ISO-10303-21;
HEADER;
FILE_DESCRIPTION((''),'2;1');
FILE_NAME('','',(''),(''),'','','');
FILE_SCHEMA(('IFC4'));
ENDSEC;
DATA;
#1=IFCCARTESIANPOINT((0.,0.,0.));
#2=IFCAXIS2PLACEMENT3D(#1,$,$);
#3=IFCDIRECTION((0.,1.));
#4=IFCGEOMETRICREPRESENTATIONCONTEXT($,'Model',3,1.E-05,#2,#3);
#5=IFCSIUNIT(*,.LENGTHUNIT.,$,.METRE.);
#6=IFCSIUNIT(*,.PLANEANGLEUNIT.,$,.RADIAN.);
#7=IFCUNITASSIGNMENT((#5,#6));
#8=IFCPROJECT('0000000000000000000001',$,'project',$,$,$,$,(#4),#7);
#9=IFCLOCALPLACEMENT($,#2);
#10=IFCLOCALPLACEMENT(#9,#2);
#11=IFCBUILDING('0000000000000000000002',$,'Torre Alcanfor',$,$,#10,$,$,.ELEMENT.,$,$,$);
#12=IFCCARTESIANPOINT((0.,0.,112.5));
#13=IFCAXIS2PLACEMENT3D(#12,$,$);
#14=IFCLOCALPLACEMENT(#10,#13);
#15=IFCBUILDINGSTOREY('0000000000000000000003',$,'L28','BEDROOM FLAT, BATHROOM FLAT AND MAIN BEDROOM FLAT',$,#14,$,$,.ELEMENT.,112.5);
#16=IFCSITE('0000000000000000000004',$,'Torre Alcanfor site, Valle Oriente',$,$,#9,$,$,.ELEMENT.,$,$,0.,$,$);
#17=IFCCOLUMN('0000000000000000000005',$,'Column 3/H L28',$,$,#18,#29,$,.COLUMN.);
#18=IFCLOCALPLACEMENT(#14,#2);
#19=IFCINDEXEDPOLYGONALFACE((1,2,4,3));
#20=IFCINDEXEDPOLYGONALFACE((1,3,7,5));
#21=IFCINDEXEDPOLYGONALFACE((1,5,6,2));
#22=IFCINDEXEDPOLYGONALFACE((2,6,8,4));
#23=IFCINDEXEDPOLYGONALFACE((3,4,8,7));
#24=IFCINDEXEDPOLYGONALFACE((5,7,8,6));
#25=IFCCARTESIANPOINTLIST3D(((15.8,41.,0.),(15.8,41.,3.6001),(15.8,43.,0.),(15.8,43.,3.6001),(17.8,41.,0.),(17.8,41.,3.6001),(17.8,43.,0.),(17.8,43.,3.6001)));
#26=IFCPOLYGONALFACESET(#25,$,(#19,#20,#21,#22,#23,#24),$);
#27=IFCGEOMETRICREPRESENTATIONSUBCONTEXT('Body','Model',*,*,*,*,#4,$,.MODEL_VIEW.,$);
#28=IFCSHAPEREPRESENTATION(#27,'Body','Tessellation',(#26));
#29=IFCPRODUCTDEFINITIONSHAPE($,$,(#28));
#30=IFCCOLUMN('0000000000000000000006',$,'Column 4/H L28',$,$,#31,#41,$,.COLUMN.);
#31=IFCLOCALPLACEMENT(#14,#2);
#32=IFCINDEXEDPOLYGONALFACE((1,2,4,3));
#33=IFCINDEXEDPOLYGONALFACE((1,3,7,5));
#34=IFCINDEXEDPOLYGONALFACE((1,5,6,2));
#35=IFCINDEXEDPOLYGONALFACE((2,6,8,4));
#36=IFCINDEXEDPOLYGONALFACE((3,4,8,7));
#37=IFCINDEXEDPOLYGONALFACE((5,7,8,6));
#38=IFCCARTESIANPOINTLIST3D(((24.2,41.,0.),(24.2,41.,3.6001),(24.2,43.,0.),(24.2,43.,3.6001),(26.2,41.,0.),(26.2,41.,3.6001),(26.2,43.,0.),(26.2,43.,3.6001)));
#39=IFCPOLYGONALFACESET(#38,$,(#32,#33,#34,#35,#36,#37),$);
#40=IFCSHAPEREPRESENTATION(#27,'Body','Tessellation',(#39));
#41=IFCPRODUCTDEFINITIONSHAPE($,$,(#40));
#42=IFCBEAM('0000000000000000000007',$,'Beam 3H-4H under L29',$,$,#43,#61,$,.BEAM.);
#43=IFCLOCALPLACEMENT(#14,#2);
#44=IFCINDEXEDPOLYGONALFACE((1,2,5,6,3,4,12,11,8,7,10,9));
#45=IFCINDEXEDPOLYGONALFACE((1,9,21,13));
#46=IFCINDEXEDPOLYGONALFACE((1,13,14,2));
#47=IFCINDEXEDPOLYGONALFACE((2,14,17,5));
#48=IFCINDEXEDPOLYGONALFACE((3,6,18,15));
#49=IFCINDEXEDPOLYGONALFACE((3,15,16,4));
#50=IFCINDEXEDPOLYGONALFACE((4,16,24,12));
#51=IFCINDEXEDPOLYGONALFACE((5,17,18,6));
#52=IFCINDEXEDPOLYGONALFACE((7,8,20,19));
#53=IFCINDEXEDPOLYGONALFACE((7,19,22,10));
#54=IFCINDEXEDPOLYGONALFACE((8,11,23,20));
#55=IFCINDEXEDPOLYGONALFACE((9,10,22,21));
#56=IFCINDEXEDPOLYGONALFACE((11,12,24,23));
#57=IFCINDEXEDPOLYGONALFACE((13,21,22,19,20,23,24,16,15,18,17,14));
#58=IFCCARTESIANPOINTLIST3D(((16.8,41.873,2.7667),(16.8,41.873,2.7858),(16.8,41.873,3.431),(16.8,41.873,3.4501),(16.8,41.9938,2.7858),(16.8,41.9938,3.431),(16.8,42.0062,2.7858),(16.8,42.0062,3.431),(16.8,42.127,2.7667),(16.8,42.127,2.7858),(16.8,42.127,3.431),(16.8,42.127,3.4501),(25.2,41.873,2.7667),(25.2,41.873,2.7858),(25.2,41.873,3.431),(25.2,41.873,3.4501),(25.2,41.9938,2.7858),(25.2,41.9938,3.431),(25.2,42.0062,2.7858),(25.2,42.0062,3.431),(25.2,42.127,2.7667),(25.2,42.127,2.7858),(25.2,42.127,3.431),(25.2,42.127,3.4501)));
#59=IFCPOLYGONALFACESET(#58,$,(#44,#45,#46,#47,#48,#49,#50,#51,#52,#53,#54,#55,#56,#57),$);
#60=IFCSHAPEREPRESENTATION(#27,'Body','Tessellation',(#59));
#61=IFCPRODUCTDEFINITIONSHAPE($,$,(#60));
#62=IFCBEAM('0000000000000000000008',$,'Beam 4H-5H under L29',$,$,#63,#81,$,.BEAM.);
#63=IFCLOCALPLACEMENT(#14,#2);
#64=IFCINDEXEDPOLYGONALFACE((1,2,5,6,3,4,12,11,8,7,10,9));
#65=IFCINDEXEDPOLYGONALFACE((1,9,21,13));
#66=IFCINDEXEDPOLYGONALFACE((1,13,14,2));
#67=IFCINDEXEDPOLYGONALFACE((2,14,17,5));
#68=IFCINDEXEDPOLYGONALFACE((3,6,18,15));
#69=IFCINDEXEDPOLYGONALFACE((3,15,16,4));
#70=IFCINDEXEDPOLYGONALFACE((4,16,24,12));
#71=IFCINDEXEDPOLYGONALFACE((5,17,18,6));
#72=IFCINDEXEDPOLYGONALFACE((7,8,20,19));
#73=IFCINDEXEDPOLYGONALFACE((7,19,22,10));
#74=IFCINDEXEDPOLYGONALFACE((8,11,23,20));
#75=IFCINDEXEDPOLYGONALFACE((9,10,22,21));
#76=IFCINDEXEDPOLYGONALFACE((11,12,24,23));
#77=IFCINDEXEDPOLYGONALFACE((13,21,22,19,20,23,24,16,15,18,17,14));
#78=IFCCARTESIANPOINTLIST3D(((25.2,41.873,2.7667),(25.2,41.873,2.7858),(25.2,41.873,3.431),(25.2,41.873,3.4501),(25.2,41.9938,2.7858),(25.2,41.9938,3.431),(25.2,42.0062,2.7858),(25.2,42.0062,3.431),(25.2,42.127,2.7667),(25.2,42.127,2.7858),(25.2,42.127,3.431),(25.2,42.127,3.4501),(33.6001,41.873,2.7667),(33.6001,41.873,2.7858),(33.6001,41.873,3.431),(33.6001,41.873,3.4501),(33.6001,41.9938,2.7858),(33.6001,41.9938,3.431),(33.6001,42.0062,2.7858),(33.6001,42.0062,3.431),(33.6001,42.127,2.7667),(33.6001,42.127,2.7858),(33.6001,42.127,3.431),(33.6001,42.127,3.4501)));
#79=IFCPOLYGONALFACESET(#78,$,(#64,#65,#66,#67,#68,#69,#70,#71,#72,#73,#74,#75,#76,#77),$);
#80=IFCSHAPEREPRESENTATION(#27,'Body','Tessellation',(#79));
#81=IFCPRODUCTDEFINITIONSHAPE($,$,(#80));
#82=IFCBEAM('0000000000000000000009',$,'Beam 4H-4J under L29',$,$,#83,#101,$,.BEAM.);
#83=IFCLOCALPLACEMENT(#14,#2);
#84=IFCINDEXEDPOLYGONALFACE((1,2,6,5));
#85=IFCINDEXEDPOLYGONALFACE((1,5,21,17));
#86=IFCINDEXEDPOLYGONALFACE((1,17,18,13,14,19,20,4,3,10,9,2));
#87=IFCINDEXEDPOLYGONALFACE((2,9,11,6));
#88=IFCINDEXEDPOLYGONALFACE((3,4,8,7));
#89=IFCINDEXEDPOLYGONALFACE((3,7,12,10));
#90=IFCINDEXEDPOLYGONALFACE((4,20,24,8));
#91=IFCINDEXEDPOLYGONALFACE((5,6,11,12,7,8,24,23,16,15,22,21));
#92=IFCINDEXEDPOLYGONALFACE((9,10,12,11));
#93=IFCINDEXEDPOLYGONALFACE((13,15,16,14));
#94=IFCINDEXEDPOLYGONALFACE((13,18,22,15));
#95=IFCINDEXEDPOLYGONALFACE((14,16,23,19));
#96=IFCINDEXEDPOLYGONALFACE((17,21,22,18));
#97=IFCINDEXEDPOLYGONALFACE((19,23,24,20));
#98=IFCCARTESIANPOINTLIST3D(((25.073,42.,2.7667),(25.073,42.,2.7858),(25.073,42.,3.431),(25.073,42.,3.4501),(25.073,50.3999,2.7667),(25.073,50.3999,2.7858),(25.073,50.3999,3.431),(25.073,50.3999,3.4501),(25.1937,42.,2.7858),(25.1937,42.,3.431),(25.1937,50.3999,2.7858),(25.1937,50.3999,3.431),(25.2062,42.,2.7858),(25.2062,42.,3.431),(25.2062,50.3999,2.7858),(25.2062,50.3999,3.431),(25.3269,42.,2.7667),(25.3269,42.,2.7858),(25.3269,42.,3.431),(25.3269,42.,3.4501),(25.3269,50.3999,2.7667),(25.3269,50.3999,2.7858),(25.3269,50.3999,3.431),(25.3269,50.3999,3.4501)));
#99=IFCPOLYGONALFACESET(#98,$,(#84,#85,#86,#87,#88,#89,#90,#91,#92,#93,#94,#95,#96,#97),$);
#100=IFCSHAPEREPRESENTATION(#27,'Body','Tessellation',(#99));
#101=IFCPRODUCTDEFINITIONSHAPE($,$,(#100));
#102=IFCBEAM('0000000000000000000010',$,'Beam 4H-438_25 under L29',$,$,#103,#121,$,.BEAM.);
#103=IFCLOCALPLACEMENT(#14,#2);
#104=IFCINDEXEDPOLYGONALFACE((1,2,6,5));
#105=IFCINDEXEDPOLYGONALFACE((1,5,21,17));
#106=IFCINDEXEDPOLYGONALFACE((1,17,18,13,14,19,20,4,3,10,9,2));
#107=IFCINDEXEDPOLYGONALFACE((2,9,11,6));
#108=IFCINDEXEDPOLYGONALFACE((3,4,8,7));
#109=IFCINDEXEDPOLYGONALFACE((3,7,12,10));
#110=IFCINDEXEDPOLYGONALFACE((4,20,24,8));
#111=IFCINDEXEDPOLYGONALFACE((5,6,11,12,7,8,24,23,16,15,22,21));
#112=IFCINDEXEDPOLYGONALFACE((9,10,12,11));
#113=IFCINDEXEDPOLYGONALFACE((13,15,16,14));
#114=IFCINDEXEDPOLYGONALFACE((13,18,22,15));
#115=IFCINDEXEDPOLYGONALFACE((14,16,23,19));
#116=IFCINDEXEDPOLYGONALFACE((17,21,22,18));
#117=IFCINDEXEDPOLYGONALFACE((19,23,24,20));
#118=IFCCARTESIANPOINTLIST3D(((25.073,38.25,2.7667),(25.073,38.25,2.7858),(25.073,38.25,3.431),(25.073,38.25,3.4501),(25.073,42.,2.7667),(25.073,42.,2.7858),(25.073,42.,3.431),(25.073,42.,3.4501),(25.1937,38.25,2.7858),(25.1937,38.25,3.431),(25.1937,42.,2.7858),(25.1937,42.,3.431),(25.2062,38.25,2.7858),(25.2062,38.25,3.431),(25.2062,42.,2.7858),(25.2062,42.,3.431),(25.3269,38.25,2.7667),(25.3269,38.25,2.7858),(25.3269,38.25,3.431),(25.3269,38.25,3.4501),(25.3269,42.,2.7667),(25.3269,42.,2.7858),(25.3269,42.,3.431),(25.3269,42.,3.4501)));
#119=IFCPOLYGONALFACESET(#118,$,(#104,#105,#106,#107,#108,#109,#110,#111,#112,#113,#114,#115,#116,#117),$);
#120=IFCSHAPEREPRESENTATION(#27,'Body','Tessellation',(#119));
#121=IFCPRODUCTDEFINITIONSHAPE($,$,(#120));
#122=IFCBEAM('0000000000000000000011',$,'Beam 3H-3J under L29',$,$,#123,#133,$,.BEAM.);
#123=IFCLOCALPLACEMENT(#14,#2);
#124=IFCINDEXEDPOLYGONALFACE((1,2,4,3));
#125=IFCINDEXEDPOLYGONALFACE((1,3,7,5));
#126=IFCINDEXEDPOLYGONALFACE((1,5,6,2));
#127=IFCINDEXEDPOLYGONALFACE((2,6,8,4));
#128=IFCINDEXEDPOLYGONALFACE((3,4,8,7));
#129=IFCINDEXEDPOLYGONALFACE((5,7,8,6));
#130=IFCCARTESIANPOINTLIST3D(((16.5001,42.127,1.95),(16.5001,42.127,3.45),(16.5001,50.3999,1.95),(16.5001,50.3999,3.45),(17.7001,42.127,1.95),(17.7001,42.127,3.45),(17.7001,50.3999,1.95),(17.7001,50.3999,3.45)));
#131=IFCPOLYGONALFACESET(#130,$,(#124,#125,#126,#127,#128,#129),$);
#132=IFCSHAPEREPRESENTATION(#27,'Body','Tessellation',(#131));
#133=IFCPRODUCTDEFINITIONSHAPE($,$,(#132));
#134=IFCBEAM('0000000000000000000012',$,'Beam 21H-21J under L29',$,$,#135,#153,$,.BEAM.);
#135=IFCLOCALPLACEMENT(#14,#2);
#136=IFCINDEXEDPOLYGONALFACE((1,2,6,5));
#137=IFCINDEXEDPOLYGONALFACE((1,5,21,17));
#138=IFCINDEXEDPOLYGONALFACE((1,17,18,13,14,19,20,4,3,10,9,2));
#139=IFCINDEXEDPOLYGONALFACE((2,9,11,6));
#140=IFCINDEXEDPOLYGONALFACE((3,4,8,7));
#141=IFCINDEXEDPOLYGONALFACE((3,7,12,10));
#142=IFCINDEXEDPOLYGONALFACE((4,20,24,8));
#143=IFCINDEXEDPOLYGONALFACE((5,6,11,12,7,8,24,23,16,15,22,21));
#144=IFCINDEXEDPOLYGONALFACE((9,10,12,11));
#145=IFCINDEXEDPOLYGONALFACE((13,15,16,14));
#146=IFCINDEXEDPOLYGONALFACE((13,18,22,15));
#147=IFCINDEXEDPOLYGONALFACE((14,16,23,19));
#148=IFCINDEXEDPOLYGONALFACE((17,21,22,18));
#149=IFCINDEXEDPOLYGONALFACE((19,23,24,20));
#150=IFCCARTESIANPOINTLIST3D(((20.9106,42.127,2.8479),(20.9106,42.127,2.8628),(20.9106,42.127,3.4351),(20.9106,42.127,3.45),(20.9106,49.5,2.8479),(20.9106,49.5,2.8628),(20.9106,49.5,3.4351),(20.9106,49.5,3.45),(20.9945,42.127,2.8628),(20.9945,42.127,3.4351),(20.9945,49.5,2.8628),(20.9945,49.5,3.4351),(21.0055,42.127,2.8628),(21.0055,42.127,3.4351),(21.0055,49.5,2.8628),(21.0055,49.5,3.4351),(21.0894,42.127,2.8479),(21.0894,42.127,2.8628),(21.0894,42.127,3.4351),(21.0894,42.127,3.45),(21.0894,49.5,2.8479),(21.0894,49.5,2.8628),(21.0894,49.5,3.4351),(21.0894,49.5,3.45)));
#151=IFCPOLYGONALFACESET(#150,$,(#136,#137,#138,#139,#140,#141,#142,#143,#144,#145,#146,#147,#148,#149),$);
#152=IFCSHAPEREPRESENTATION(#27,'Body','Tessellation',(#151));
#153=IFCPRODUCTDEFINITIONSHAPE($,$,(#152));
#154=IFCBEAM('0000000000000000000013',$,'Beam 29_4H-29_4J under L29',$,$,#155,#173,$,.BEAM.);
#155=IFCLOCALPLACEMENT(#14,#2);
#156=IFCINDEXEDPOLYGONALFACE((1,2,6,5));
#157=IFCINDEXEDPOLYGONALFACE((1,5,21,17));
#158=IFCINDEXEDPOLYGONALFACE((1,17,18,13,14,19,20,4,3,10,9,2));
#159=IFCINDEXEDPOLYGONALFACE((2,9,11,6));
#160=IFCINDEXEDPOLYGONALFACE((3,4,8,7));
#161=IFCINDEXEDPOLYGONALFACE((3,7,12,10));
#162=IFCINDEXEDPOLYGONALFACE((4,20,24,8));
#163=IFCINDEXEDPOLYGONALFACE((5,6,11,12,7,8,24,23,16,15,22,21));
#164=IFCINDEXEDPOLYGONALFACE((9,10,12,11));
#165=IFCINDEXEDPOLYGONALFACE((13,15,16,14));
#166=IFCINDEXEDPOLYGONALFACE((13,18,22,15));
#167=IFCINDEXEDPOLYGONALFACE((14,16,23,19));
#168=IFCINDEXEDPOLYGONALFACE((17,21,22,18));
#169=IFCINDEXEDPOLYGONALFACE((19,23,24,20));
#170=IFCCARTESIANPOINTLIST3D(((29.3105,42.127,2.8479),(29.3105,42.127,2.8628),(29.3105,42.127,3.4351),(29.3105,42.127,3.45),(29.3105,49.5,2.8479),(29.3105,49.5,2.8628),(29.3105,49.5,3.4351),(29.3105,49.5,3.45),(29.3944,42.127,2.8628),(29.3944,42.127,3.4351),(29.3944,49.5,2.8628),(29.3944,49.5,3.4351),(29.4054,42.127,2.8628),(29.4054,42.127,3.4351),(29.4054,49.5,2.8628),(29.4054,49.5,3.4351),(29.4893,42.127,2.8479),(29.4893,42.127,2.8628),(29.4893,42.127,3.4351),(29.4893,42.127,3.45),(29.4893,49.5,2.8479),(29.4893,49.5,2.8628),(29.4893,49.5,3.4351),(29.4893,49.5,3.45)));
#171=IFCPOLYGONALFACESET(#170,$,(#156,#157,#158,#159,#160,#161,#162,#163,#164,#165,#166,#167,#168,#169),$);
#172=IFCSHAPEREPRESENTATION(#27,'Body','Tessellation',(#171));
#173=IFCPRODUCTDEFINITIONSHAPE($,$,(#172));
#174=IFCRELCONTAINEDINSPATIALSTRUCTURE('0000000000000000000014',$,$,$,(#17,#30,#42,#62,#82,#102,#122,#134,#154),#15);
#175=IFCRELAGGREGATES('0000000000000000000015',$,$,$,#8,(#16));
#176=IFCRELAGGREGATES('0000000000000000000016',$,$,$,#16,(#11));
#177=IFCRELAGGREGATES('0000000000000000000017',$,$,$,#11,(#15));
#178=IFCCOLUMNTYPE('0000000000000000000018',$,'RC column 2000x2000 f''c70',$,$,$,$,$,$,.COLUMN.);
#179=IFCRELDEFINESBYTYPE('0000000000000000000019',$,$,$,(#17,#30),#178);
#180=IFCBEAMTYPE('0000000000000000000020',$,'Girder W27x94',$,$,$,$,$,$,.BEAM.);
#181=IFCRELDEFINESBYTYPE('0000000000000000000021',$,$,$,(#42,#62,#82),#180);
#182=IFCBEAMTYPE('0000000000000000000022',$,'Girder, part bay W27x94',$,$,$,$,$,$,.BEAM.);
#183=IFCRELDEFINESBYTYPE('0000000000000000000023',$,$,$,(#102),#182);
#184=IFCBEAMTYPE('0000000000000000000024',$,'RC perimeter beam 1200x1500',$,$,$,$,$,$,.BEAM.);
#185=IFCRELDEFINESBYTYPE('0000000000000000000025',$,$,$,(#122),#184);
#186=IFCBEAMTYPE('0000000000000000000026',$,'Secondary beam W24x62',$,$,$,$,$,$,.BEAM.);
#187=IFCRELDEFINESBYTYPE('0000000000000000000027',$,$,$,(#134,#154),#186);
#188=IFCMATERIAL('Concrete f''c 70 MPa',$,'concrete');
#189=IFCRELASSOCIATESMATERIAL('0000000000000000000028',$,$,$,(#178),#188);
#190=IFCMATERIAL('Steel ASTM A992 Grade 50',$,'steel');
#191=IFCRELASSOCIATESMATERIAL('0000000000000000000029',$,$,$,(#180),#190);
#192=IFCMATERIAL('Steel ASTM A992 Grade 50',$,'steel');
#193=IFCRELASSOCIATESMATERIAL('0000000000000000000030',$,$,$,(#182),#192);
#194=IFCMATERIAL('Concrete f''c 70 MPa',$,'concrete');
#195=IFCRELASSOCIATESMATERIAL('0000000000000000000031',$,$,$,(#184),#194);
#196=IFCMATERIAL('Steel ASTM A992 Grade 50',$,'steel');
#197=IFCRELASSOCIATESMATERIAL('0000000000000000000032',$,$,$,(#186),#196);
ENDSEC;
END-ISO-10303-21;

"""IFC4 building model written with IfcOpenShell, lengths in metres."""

from ifc_helpers import new_model, si_unit, direction, frame, origin, origin_2d, place, context, subcontext, project, spatial, rectangle, i_section, extrude, material, material_profile, profile_set, type_object, element, save


model = new_model("IFC4")

# Units and contexts
model_context = context("Model", 3, precision=1e-05, world=origin(), true_north=direction((0.0, 1.0)))
body_context = subcontext(model_context, "Body", "Model", "MODEL_VIEW")
ifc_project = project(units=[si_unit("LENGTHUNIT", "METRE"), si_unit("PLANEANGLEUNIT", "RADIAN")], contexts=[model_context])

# Site, building, storey
site_placement = place(None, origin())
site = spatial("IfcSite", under=ifc_project, at=site_placement, Name="Torre Alcanfor site, Valle Oriente", CompositionType="ELEMENT", RefElevation=0.0)
building_placement = place(site_placement, origin())
building = spatial("IfcBuilding", under=site, at=building_placement, Name="Torre Alcanfor", CompositionType="ELEMENT")
storey_placement = place(building_placement, frame((0.0, 0.0, 112.5)))
storey = spatial("IfcBuildingStorey", under=building, at=storey_placement, Name="L28", Description="BEDROOM FLAT, BATHROOM FLAT AND MAIN BEDROOM FLAT", CompositionType="ELEMENT", Elevation=112.5)

# Columns
ifc_material_1 = material(Name="Concrete f'c 70 MPa", Category="concrete")
ifc_material_profile_1 = material_profile(ifc_material_1, rectangle(XDim=2.0, YDim=2.0, at=origin_2d()), Name="2000x2000")
ifc_profile_set_1 = profile_set([ifc_material_profile_1], Name="Concrete f'c 70 MPa")
column_type = type_object("IfcColumnType", Name="RC column 2000x2000 f'c70", PredefinedType="COLUMN", material=ifc_profile_set_1)
for number, where, z_axis, x_axis, name in (
    (1, (16.8, 42.0, 0.0), (0.0, 0.0, 1.0), (1.0, 0.0, 0.0), "Column 3/H L28"),
    (2, (25.2, 42.0, 0.0), (0.0, 0.0, 1.0), (1.0, 0.0, 0.0), "Column 4/H L28"),
):
    element("IfcColumn", number, at=place(storey_placement, frame(where, z_axis=z_axis, x_axis=x_axis)), inside=storey, type_object=column_type, Name=name, PredefinedType="COLUMN", context=body_context, shape_type="SweptSolid", body=[
        extrude(rectangle(XDim=2.0, YDim=2.0, at=origin_2d()), origin(), (0.0, 0.0, 1.0), 3.6001),
    ])

# Beams
ifc_material_2 = material(Name="Steel ASTM A992 Grade 50", Category="steel")
ifc_material_profile_2 = material_profile(ifc_material_2, i_section(OverallWidth=0.2539, OverallDepth=0.6833, WebThickness=0.0125, FlangeThickness=0.019, at=origin_2d()), Name="W27x94")
ifc_profile_set_2 = profile_set([ifc_material_profile_2], Name="Steel ASTM A992 Grade 50")
beam_type_1 = type_object("IfcBeamType", Name="Girder W27x94", PredefinedType="BEAM", material=ifc_profile_set_2)
beam_1_placement = place(storey_placement, frame((16.8, 42.0, 3.1084), z_axis=(1.0, 0.0, 0.0), x_axis=(0.0, 1.0, 0.0)))
element("IfcBeam", 3, at=beam_1_placement, inside=storey, type_object=beam_type_1, Name="Beam 3H-4H under L29", PredefinedType="BEAM", context=body_context, shape_type="SweptSolid", body=[
    extrude(i_section(OverallWidth=0.2539, OverallDepth=0.6833, WebThickness=0.0125, FlangeThickness=0.019, at=origin_2d()), origin(), (0.0, 0.0, 1.0), 8.3999),
])
beam_2_placement = place(storey_placement, frame((25.2, 42.0, 3.1084), z_axis=(1.0, 0.0, 0.0), x_axis=(0.0, 1.0, 0.0)))
element("IfcBeam", 4, at=beam_2_placement, inside=storey, type_object=beam_type_1, Name="Beam 4H-5H under L29", PredefinedType="BEAM", context=body_context, shape_type="SweptSolid", body=[
    extrude(i_section(OverallWidth=0.2539, OverallDepth=0.6833, WebThickness=0.0125, FlangeThickness=0.019, at=origin_2d()), origin(), (0.0, 0.0, 1.0), 8.4001),
])
beam_3_placement = place(storey_placement, frame((25.2, 42.0, 3.1084), z_axis=(0.0, 1.0, 0.0), x_axis=(-1.0, 0.0, 0.0)))
element("IfcBeam", 5, at=beam_3_placement, inside=storey, type_object=beam_type_1, Name="Beam 4H-4J under L29", PredefinedType="BEAM", context=body_context, shape_type="SweptSolid", body=[
    extrude(i_section(OverallWidth=0.2539, OverallDepth=0.6833, WebThickness=0.0125, FlangeThickness=0.019, at=origin_2d()), origin(), (0.0, 0.0, 1.0), 8.3999),
])
ifc_material_3 = material(Name="Steel ASTM A992 Grade 50", Category="steel")
ifc_material_profile_3 = material_profile(ifc_material_3, i_section(OverallWidth=0.2539, OverallDepth=0.6833, WebThickness=0.0125, FlangeThickness=0.019, at=origin_2d()), Name="W27x94")
ifc_profile_set_3 = profile_set([ifc_material_profile_3], Name="Steel ASTM A992 Grade 50")
beam_type_2 = type_object("IfcBeamType", Name="Girder, part bay W27x94", PredefinedType="BEAM", material=ifc_profile_set_3)
beam_4_placement = place(storey_placement, frame((25.2, 42.0, 3.1084), z_axis=(0.0, -1.0, 0.0), x_axis=(1.0, 0.0, 0.0)))
element("IfcBeam", 6, at=beam_4_placement, inside=storey, type_object=beam_type_2, Name="Beam 4H-438_25 under L29", PredefinedType="BEAM", context=body_context, shape_type="SweptSolid", body=[
    extrude(i_section(OverallWidth=0.2539, OverallDepth=0.6833, WebThickness=0.0125, FlangeThickness=0.019, at=origin_2d()), origin(), (0.0, 0.0, 1.0), 3.75),
])
ifc_material_4 = material(Name="Concrete f'c 70 MPa", Category="concrete")
ifc_material_profile_4 = material_profile(ifc_material_4, rectangle(XDim=1.2, YDim=1.5, at=origin_2d()), Name="1200x1500")
ifc_profile_set_4 = profile_set([ifc_material_profile_4], Name="Concrete f'c 70 MPa")
beam_type_3 = type_object("IfcBeamType", Name="RC perimeter beam 1200x1500", PredefinedType="BEAM", material=ifc_profile_set_4)
beam_5_placement = place(storey_placement, frame((17.1001, 42.127, 2.7), z_axis=(0.0, 1.0, 0.0), x_axis=(-1.0, 0.0, 0.0)))
element("IfcBeam", 7, at=beam_5_placement, inside=storey, type_object=beam_type_3, Name="Beam 3H-3J under L29", PredefinedType="BEAM", context=body_context, shape_type="SweptSolid", body=[
    extrude(rectangle(XDim=1.2, YDim=1.5, at=origin_2d()), origin(), (0.0, 0.0, 1.0), 8.2729),
])
ifc_material_5 = material(Name="Steel ASTM A992 Grade 50", Category="steel")
ifc_material_profile_5 = material_profile(ifc_material_5, i_section(OverallWidth=0.1787, OverallDepth=0.6021, WebThickness=0.011, FlangeThickness=0.0149, at=origin_2d()), Name="W24x62")
ifc_profile_set_5 = profile_set([ifc_material_profile_5], Name="Steel ASTM A992 Grade 50")
beam_type_4 = type_object("IfcBeamType", Name="Secondary beam W24x62", PredefinedType="BEAM", material=ifc_profile_set_5)
for number, where, z_axis, x_axis, name in (
    (8, (21.0, 42.127, 3.1489), (0.0, 1.0, 0.0), (-1.0, 0.0, 0.0), "Beam 21H-21J under L29"),
    (9, (29.3999, 42.127, 3.1489), (0.0, 1.0, 0.0), (-1.0, 0.0, 0.0), "Beam 29_4H-29_4J under L29"),
):
    element("IfcBeam", number, at=place(storey_placement, frame(where, z_axis=z_axis, x_axis=x_axis)), inside=storey, type_object=beam_type_4, Name=name, PredefinedType="BEAM", context=body_context, shape_type="SweptSolid", body=[
        extrude(i_section(OverallWidth=0.1787, OverallDepth=0.6021, WebThickness=0.011, FlangeThickness=0.0149, at=origin_2d()), origin(), (0.0, 0.0, 1.0), 7.373),
    ])

save(model, "model.ifc")
